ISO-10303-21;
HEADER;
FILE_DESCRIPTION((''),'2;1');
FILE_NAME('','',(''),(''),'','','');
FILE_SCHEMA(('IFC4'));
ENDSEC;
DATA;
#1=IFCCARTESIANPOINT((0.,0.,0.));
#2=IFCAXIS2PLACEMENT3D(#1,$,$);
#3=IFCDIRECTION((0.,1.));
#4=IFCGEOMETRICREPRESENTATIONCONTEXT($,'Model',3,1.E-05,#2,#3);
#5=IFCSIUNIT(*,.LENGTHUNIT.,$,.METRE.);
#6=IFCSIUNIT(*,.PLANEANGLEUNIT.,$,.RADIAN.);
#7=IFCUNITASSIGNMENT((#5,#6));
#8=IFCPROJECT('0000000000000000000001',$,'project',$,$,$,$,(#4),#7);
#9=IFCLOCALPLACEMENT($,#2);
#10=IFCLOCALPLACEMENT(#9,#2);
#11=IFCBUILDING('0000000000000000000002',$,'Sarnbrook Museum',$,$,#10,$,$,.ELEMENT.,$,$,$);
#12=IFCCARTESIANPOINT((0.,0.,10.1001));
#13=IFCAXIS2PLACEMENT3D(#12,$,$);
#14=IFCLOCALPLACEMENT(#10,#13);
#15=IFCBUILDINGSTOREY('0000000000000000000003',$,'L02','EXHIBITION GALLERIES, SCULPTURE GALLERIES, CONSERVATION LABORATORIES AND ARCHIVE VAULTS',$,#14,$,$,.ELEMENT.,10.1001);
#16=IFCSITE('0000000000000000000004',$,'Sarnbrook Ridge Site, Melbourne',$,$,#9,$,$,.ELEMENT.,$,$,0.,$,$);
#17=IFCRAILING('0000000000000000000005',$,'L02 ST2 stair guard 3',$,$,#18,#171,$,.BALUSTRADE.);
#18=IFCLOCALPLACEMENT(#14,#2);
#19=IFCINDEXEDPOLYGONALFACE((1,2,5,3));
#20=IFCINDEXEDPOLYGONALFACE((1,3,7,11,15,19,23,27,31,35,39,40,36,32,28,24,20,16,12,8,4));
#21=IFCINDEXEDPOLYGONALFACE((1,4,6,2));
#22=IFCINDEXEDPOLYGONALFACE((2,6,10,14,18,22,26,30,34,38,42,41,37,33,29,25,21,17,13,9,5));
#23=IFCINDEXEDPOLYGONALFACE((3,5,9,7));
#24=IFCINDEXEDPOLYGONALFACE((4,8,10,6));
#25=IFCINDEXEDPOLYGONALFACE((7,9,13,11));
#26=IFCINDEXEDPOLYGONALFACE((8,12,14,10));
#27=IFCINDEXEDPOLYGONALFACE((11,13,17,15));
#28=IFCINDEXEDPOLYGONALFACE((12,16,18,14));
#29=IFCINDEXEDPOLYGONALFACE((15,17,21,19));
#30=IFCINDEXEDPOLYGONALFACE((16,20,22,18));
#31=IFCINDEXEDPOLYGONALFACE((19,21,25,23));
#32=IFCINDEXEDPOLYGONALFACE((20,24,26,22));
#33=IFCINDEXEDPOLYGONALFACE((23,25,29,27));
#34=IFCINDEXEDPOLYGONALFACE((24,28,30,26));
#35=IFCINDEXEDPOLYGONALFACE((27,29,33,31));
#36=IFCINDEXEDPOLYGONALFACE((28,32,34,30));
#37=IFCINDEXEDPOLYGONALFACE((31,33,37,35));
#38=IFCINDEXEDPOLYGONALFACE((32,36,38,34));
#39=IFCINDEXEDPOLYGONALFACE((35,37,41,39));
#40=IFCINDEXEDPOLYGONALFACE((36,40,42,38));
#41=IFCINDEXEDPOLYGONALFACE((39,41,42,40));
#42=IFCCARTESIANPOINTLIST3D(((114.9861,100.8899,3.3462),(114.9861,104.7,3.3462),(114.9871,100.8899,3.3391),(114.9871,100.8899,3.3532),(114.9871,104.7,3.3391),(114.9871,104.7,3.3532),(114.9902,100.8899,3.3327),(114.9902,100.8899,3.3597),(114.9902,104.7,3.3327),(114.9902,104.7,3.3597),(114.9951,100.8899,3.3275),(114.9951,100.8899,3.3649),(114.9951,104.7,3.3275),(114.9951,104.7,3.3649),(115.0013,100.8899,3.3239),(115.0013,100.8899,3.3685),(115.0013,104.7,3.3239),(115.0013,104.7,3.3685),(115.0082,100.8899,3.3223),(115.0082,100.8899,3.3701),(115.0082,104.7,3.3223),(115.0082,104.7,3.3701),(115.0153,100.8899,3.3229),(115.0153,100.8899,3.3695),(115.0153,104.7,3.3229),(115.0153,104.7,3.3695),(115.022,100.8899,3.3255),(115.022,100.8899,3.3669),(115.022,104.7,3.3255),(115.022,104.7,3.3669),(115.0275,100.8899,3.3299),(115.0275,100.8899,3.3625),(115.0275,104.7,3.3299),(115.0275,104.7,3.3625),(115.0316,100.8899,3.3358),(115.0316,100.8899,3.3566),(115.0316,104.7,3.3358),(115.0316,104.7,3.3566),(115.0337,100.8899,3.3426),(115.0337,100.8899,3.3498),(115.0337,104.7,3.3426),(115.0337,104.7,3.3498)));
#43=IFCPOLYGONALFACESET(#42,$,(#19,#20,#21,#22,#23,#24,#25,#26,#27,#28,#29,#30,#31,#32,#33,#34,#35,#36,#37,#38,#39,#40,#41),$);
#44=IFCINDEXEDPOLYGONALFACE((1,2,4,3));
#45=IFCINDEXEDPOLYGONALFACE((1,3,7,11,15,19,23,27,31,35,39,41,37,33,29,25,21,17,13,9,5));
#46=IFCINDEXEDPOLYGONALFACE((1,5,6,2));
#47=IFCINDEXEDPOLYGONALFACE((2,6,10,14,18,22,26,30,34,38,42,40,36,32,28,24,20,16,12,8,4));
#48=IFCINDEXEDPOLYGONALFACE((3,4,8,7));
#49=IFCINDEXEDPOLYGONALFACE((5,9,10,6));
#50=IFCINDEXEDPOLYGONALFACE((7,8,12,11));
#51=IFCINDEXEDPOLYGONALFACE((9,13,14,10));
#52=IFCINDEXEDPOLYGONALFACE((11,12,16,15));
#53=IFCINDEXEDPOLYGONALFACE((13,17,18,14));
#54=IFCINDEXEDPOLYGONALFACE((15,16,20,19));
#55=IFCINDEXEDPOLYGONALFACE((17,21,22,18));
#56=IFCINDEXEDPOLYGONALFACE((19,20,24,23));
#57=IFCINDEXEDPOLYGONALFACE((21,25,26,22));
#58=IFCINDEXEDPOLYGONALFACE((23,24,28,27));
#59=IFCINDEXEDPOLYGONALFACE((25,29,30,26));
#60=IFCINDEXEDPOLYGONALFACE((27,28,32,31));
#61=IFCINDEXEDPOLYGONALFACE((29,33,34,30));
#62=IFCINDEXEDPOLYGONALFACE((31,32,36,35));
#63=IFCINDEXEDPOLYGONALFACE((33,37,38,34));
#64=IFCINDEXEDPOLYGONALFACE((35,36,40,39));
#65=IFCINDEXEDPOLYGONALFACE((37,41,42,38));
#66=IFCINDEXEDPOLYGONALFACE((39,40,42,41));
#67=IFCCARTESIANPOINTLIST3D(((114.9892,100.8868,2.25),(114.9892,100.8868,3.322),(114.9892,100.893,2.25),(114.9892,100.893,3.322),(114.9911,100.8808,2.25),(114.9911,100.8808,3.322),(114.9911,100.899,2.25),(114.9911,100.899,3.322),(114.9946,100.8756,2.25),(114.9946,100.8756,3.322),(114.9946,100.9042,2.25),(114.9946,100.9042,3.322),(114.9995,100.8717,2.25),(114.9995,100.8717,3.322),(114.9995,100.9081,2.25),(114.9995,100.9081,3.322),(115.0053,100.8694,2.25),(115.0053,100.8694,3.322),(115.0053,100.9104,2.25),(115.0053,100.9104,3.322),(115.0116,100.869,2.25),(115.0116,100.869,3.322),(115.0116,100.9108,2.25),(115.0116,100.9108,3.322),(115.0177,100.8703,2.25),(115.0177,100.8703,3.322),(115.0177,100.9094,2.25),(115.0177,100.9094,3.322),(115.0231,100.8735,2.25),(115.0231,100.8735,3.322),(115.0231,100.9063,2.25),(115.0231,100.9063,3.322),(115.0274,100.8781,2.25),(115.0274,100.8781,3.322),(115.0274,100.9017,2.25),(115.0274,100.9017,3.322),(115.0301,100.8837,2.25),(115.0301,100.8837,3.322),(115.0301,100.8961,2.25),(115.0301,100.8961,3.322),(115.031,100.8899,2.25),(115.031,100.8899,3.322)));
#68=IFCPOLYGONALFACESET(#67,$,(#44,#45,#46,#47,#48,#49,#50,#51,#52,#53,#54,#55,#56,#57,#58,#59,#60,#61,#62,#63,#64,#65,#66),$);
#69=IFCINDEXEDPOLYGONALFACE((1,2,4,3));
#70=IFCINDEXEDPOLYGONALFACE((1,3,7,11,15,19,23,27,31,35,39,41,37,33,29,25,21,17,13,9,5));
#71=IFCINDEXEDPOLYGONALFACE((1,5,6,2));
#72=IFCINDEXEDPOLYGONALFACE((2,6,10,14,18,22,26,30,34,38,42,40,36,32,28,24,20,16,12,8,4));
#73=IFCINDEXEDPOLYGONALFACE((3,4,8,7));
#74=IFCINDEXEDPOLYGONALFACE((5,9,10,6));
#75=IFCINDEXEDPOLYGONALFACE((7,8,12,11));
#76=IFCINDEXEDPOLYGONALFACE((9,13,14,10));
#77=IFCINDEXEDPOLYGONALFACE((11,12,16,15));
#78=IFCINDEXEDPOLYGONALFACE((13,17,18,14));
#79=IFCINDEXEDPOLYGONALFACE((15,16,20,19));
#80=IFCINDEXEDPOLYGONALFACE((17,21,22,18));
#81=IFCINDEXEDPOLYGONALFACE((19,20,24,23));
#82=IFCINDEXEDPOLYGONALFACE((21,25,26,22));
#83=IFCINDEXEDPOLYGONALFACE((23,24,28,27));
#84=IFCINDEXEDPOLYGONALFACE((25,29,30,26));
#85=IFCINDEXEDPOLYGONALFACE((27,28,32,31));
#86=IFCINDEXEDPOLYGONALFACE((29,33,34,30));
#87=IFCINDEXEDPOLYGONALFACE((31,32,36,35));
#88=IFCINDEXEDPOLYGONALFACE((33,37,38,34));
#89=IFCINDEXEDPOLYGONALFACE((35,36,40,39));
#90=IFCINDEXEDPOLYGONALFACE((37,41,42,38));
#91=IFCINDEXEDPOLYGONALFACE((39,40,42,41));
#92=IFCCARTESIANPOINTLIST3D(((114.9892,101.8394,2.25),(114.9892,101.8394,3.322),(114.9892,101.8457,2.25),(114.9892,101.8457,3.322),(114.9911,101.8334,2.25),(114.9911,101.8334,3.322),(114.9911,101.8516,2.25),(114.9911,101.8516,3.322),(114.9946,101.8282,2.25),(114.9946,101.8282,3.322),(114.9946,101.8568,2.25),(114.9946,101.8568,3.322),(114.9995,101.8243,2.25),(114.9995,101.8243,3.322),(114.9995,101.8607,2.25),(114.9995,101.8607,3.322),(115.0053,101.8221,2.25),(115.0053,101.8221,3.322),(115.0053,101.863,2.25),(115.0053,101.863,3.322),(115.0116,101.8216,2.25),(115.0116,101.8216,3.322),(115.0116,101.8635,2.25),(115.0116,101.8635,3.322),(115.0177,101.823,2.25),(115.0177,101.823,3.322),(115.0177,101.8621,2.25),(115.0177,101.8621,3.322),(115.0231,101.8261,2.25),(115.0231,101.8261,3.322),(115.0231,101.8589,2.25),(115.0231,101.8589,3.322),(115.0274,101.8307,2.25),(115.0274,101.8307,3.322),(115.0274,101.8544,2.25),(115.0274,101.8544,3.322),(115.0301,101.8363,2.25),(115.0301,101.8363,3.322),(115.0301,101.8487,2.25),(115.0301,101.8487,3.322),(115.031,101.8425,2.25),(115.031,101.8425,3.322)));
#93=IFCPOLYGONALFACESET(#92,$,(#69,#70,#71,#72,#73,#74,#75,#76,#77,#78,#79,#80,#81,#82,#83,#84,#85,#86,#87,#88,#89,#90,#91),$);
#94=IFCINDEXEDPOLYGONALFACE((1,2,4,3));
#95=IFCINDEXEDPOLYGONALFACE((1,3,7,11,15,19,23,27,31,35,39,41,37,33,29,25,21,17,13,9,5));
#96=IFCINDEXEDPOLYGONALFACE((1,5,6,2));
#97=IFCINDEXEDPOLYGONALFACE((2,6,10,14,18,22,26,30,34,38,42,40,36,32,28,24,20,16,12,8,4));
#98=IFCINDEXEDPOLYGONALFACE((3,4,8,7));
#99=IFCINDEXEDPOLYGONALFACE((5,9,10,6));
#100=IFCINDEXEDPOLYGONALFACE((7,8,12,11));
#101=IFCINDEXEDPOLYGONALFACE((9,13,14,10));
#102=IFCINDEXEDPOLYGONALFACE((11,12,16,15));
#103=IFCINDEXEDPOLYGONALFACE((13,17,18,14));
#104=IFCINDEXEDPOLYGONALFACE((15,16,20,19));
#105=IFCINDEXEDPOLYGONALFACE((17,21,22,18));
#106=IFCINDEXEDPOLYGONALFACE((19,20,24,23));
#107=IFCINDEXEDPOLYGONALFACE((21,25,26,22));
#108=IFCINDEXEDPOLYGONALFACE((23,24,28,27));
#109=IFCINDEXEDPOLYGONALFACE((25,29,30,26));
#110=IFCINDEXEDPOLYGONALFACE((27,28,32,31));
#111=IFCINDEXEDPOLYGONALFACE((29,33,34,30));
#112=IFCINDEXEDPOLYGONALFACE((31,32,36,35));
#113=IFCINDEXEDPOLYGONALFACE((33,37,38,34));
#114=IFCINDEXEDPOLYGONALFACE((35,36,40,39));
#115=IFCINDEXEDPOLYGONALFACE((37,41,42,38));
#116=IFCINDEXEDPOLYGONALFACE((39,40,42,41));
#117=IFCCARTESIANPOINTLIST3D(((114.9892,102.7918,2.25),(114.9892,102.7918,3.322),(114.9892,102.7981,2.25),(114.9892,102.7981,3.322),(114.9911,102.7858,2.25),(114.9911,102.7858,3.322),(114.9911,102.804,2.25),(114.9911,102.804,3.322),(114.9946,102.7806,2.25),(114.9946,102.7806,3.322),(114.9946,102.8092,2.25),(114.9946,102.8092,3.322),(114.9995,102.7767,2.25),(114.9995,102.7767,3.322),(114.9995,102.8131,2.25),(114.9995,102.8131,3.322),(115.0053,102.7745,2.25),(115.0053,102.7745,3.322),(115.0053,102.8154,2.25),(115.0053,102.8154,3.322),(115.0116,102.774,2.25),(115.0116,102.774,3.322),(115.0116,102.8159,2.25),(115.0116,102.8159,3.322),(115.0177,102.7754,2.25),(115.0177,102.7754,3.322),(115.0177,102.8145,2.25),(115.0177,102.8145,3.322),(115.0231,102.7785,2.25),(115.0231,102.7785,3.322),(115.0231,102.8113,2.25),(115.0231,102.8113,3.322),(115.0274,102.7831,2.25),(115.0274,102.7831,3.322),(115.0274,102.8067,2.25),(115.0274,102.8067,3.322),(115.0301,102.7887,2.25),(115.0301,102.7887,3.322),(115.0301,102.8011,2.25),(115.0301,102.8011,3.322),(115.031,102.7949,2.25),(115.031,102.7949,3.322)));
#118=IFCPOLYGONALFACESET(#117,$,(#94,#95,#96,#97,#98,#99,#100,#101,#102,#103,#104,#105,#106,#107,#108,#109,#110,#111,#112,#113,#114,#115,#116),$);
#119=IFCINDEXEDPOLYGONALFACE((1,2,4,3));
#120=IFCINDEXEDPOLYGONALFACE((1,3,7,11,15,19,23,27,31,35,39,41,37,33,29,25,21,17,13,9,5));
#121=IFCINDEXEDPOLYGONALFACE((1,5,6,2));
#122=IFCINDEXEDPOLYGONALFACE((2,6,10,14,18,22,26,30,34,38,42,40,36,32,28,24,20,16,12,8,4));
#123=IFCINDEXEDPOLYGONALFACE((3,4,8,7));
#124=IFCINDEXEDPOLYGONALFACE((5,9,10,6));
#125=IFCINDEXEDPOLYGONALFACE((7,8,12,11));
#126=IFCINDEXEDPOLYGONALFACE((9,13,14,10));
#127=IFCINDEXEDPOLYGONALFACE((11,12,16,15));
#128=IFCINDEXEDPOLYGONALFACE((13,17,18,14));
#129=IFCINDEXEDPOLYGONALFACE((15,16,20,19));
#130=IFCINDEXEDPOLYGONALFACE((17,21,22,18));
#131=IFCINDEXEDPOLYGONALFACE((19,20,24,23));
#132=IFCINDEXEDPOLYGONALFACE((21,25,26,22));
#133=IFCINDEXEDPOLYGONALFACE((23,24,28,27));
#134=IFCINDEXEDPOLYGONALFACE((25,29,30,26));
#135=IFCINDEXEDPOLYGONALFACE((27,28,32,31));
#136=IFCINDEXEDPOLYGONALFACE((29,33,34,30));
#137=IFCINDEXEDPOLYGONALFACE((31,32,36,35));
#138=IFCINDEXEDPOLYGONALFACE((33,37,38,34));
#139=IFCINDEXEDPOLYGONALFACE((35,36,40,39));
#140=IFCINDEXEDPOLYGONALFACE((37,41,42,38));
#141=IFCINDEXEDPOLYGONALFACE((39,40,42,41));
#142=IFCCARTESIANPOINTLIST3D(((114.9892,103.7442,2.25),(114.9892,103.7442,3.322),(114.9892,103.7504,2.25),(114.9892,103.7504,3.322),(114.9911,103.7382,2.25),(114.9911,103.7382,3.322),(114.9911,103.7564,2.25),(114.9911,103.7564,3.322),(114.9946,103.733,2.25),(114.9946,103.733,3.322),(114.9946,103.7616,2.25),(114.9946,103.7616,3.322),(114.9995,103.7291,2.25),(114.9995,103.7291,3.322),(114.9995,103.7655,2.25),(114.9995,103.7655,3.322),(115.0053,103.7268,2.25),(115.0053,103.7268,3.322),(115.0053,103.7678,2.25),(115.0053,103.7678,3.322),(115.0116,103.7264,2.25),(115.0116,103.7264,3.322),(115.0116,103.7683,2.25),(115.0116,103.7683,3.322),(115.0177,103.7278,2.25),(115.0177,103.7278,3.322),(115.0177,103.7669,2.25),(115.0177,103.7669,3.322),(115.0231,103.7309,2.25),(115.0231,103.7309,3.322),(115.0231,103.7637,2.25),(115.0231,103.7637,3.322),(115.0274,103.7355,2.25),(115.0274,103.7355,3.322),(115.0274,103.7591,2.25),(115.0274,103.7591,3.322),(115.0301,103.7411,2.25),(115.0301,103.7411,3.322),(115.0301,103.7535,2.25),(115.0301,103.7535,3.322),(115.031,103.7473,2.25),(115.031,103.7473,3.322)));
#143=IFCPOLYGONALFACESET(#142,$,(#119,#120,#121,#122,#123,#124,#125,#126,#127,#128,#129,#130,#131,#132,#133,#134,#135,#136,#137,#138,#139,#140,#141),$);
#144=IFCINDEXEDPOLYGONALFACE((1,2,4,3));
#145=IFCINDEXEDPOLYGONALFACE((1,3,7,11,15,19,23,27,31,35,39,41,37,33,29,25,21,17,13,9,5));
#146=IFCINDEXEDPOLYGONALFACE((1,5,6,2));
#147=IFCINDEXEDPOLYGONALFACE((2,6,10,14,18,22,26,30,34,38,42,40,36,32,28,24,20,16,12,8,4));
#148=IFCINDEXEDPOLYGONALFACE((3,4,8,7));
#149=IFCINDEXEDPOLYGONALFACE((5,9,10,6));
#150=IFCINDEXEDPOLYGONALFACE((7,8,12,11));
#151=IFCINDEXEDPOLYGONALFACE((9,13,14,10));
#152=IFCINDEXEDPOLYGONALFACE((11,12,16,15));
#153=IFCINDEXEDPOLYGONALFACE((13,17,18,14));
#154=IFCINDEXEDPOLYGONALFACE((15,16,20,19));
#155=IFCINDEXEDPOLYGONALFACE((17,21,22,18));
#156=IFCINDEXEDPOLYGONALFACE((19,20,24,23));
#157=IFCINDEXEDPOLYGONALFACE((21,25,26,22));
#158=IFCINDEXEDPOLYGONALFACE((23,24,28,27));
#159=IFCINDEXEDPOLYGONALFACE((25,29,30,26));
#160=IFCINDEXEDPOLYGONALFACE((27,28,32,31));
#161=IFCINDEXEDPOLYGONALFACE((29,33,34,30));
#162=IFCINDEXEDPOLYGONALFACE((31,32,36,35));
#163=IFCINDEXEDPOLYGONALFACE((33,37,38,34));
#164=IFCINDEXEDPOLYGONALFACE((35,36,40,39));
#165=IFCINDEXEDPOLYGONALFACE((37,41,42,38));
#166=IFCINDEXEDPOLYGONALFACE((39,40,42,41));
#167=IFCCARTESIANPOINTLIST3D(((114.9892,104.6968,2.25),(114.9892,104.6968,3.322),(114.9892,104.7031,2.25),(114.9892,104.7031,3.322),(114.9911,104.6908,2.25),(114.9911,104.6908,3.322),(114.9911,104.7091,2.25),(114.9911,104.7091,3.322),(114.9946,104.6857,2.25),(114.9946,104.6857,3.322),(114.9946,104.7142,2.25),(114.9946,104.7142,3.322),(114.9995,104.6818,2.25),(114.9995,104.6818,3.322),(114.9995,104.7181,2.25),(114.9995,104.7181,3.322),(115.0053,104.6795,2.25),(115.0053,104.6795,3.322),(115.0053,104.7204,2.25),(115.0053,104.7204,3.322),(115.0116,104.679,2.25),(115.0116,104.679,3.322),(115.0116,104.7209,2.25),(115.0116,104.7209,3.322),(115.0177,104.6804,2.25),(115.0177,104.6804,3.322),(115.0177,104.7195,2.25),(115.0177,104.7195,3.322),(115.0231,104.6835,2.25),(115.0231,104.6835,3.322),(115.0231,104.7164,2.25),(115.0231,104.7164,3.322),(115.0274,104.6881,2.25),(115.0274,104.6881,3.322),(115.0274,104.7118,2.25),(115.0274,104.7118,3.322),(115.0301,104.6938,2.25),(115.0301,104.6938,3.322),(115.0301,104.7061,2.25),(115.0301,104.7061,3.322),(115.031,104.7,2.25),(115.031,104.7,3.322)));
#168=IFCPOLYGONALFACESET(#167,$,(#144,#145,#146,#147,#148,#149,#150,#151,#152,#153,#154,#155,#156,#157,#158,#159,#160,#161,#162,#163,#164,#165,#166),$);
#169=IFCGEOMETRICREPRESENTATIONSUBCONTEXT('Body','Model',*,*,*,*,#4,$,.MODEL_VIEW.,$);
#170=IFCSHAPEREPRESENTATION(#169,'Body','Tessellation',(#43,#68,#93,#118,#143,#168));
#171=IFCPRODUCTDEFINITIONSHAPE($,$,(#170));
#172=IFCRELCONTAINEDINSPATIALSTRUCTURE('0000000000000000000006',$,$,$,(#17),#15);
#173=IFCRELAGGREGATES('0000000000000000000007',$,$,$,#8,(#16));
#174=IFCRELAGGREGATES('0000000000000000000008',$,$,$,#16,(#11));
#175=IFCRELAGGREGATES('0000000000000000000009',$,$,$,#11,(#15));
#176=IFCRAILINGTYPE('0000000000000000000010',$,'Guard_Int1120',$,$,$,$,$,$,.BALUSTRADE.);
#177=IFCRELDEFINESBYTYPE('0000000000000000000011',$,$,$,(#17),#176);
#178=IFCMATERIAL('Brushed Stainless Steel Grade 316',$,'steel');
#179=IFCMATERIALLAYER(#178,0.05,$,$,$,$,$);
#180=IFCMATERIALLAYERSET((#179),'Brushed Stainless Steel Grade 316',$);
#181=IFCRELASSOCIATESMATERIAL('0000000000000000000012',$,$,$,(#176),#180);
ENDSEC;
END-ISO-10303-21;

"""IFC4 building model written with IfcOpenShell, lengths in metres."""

from ifc_helpers import new_model, si_unit, direction, frame, origin, origin_2d, place, context, subcontext, project, spatial, circle, extrude, material, layer, layer_set, type_object, element, save


model = new_model("IFC4")

# Units and contexts
model_context = context("Model", 3, precision=1e-05, world=origin(), true_north=direction((0.0, 1.0)))
body_context = subcontext(model_context, "Body", "Model", "MODEL_VIEW")
ifc_project = project(units=[si_unit("LENGTHUNIT", "METRE"), si_unit("PLANEANGLEUNIT", "RADIAN")], contexts=[model_context])

# Site, building, storey
site_placement = place(None, origin())
site = spatial("IfcSite", under=ifc_project, at=site_placement, Name="Sarnbrook Ridge Site, Melbourne", CompositionType="ELEMENT", RefElevation=0.0)
building_placement = place(site_placement, origin())
building = spatial("IfcBuilding", under=site, at=building_placement, Name="Sarnbrook Museum", CompositionType="ELEMENT")
storey_placement = place(building_placement, frame((0.0, 0.0, 10.1001)))
storey = spatial("IfcBuildingStorey", under=building, at=storey_placement, Name="L02", Description="EXHIBITION GALLERIES, SCULPTURE GALLERIES, CONSERVATION LABORATORIES AND ARCHIVE VAULTS", CompositionType="ELEMENT", Elevation=10.1001)

# Shared definitions
ifc_material_1 = material(Name="Brushed Stainless Steel Grade 316", Category="steel")

# Railing
ifc_layer_1 = layer(ifc_material_1, 0.05)
ifc_layer_set_1 = layer_set([ifc_layer_1], Name="Brushed Stainless Steel Grade 316")
railing_type_1 = type_object("IfcRailingType", Name="Guard_Int1120", PredefinedType="BALUSTRADE", material=ifc_layer_set_1)
for number, where, name in (
    (1, (115.01, 100.8899, 2.25), "L02 ST2 stair guard 3"),
):
    element("IfcRailing", number, at=place(storey_placement, frame(where)), inside=storey, type_object=railing_type_1, Name=name, PredefinedType="BALUSTRADE", context=body_context, shape_type="SweptSolid", body=[
        extrude(circle(Radius=0.0239, at=origin_2d()), frame((0.0, 0.0, 1.0962), z_axis=(0.0, 1.0, 0.0), x_axis=(-1.0, 0.0, 0.0)), (0.0, 0.0, 1.0), 3.8101),
        extrude(circle(Radius=0.021, at=origin_2d()), origin(), (0.0, 0.0, 1.0), 1.072),
        extrude(circle(Radius=0.021, at=origin_2d()), frame((0.0, 0.9526, 0.0)), (0.0, 0.0, 1.0), 1.072),
        extrude(circle(Radius=0.021, at=origin_2d()), frame((0.0, 1.905, 0.0)), (0.0, 0.0, 1.0), 1.072),
        extrude(circle(Radius=0.021, at=origin_2d()), frame((0.0, 2.8574, 0.0)), (0.0, 0.0, 1.0), 1.072),
        extrude(circle(Radius=0.021, at=origin_2d()), frame((0.0, 3.8101, 0.0)), (0.0, 0.0, 1.0), 1.072),
    ])

save(model, "model.ifc")
